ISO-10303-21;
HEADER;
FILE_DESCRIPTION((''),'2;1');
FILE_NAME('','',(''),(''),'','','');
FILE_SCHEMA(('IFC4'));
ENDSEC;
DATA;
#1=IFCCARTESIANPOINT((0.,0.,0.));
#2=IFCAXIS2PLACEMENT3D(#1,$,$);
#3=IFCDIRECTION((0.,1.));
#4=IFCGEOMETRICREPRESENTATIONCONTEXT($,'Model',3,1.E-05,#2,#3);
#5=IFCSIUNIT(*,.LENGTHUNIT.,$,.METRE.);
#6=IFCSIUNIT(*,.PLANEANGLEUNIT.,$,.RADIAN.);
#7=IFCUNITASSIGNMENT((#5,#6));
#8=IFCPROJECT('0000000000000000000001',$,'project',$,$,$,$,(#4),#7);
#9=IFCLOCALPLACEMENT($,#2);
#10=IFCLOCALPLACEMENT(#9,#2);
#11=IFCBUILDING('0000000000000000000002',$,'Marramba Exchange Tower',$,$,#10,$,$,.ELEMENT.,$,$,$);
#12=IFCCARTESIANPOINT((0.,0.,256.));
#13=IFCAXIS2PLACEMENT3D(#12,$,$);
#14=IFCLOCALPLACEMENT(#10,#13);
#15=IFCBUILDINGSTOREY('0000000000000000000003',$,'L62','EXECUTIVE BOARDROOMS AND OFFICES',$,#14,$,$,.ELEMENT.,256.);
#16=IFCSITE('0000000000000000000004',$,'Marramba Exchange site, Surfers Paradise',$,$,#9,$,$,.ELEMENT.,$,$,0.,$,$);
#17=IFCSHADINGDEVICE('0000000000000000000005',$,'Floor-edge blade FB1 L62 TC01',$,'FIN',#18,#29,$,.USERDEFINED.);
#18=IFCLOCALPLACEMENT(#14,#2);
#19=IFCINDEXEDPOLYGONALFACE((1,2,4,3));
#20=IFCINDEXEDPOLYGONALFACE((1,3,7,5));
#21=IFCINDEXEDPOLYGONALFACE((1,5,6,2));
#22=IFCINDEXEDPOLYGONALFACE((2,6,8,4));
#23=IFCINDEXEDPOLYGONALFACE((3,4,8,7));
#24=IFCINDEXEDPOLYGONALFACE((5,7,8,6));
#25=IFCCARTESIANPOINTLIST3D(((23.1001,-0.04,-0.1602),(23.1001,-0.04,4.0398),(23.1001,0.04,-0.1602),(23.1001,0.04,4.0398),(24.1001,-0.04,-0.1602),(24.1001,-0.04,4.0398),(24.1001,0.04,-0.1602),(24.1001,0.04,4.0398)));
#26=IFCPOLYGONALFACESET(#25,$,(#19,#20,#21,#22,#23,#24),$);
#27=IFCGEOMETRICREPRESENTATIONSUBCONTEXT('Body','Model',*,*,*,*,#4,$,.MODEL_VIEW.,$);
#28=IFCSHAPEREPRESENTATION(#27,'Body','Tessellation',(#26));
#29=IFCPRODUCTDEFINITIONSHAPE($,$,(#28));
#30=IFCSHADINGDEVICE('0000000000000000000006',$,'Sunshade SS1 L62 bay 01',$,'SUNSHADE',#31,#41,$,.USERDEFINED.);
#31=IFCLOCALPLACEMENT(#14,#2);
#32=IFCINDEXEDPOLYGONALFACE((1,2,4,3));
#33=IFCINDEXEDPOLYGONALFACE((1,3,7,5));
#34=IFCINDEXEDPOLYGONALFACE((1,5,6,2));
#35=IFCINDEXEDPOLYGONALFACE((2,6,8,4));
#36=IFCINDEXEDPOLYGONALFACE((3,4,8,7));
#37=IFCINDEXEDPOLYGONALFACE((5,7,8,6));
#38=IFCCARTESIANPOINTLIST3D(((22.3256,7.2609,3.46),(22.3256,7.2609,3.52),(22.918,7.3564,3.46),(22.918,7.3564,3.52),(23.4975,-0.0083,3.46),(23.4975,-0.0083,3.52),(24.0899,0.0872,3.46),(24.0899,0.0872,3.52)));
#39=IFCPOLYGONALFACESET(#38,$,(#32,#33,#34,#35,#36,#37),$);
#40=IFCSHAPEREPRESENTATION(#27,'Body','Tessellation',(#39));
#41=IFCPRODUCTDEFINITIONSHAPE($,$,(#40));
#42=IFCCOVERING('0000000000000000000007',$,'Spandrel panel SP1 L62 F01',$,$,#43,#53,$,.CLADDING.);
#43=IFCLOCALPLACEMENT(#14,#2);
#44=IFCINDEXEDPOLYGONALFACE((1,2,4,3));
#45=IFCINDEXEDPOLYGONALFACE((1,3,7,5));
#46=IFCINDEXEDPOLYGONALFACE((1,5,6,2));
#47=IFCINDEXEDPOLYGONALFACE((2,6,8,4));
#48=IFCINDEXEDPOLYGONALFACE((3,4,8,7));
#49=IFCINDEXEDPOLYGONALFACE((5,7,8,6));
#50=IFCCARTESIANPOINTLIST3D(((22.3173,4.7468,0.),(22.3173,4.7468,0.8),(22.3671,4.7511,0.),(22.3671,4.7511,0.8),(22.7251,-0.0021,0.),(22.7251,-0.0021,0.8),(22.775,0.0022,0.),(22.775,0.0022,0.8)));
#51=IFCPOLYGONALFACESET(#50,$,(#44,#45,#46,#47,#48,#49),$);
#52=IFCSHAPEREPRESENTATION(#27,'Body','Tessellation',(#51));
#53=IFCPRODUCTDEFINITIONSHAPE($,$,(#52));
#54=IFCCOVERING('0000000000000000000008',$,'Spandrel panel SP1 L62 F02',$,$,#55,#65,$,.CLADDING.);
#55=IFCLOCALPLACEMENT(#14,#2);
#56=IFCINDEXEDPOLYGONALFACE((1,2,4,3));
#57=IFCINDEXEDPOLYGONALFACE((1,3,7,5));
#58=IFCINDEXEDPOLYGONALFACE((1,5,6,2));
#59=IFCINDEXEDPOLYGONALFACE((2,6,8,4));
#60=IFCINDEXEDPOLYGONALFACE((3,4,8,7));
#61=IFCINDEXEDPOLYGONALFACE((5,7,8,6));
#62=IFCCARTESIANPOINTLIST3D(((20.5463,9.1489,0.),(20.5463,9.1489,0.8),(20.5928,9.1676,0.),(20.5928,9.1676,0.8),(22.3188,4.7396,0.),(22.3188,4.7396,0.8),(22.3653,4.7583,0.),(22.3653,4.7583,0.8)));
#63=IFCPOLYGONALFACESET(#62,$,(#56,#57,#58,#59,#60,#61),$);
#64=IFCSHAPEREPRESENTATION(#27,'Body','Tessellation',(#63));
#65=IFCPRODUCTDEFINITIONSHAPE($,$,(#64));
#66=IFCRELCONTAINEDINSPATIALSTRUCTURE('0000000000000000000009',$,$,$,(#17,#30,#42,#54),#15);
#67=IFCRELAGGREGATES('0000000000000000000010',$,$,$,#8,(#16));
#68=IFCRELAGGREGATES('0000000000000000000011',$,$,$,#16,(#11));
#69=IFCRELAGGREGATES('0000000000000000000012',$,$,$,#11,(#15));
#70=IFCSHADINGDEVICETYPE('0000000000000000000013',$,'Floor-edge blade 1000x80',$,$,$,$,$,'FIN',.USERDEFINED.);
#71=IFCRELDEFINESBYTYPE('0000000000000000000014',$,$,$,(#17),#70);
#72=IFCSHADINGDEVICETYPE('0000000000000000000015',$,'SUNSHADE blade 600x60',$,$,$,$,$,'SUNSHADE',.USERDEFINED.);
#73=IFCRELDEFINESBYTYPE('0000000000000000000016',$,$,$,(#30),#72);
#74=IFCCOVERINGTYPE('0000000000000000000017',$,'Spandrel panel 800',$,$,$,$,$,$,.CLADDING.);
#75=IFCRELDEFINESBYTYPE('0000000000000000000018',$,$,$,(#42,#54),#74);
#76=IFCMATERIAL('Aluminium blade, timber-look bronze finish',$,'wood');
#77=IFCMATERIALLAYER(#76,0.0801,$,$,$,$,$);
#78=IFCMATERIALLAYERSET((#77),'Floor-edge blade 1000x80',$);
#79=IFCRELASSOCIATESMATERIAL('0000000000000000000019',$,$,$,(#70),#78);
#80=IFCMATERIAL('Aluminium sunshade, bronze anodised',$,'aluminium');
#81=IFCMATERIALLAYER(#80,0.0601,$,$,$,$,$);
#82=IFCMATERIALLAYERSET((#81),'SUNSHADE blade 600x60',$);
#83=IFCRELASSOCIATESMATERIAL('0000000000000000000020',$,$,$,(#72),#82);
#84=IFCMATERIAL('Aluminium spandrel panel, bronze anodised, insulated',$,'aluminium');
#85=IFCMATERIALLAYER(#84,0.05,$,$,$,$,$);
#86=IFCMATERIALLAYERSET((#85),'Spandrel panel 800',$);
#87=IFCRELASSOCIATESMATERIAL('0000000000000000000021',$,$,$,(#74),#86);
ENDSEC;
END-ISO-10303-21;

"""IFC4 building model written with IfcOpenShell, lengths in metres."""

from ifc_helpers import new_model, si_unit, direction, frame, origin, origin_2d, place, context, subcontext, project, spatial, rectangle, extrude, material, layer, layer_set, type_object, element, save


model = new_model("IFC4")

# Units and contexts
model_context = context("Model", 3, precision=1e-05, world=origin(), true_north=direction((0.0, 1.0)))
body_context = subcontext(model_context, "Body", "Model", "MODEL_VIEW")
ifc_project = project(units=[si_unit("LENGTHUNIT", "METRE"), si_unit("PLANEANGLEUNIT", "RADIAN")], contexts=[model_context])

# Site, building, storey
site_placement = place(None, origin())
site = spatial("IfcSite", under=ifc_project, at=site_placement, Name="Marramba Exchange site, Surfers Paradise", CompositionType="ELEMENT", RefElevation=0.0)
building_placement = place(site_placement, origin())
building = spatial("IfcBuilding", under=site, at=building_placement, Name="Marramba Exchange Tower", CompositionType="ELEMENT")
storey_placement = place(building_placement, frame((0.0, 0.0, 256.0)))
storey = spatial("IfcBuildingStorey", under=building, at=storey_placement, Name="L62", Description="EXECUTIVE BOARDROOMS AND OFFICES", CompositionType="ELEMENT", Elevation=256.0)

# Shading devices
ifc_material_1 = material(Name="Aluminium blade, timber-look bronze finish", Category="wood")
ifc_layer_1 = layer(ifc_material_1, 0.0801)
ifc_layer_set_1 = layer_set([ifc_layer_1], Name="Floor-edge blade 1000x80")
shading_device_type_1 = type_object("IfcShadingDeviceType", Name="Floor-edge blade 1000x80", ElementType="FIN", PredefinedType="USERDEFINED", material=ifc_layer_set_1)
shading_device_1_placement = place(storey_placement, frame((23.6001, 0.0, -0.1602), z_axis=(0.0, 0.0, 1.0), x_axis=(1.0, 0.0, 0.0)))
element("IfcShadingDevice", 1, at=shading_device_1_placement, inside=storey, type_object=shading_device_type_1, Name="Floor-edge blade FB1 L62 TC01", ObjectType="FIN", PredefinedType="USERDEFINED", context=body_context, shape_type="SweptSolid", body=[
    extrude(rectangle(XDim=1.0, YDim=0.0801, at=origin_2d()), origin(), (0.0, 0.0, 1.0), 4.2),
])
ifc_material_2 = material(Name="Aluminium sunshade, bronze anodised", Category="aluminium")
ifc_layer_2 = layer(ifc_material_2, 0.0601)
ifc_layer_set_2 = layer_set([ifc_layer_2], Name="SUNSHADE blade 600x60")
shading_device_type_2 = type_object("IfcShadingDeviceType", Name="SUNSHADE blade 600x60", ElementType="SUNSHADE", PredefinedType="USERDEFINED", material=ifc_layer_set_2)
shading_device_2_placement = place(storey_placement, frame((23.2078, 3.6741, 3.46), z_axis=(0.0, 0.0, 1.0), x_axis=(-0.159158, 0.987253, 0.0)))
element("IfcShadingDevice", 2, at=shading_device_2_placement, inside=storey, type_object=shading_device_type_2, Name="Sunshade SS1 L62 bay 01", ObjectType="SUNSHADE", PredefinedType="USERDEFINED", context=body_context, shape_type="SweptSolid", body=[
    extrude(rectangle(XDim=7.363, YDim=0.6001, at=origin_2d()), origin(), (0.0, 0.0, 1.0), 0.0601),
])

# Coverings
ifc_material_3 = material(Name="Aluminium spandrel panel, bronze anodised, insulated", Category="aluminium")
ifc_layer_3 = layer(ifc_material_3, 0.05)
ifc_layer_set_3 = layer_set([ifc_layer_3], Name="Spandrel panel 800")
covering_type = type_object("IfcCoveringType", Name="Spandrel panel 800", PredefinedType="CLADDING", material=ifc_layer_set_3)
covering_1_placement = place(storey_placement, frame((22.5461, 2.3745, 0.0), z_axis=(0.0, 0.0, 1.0), x_axis=(-0.085574, 0.996332, 0.0)))
element("IfcCovering", 3, at=covering_1_placement, inside=storey, type_object=covering_type, Name="Spandrel panel SP1 L62 F01", PredefinedType="CLADDING", context=body_context, shape_type="SweptSolid", body=[
    extrude(rectangle(XDim=4.7664, YDim=0.05, at=origin_2d()), origin(), (0.0, 0.0, 1.0), 0.8),
])
covering_2_placement = place(storey_placement, frame((21.4558, 6.9536, 0.0), z_axis=(0.0, 0.0, 1.0), x_axis=(-0.372983, 0.927838, 0.0)))
element("IfcCovering", 4, at=covering_2_placement, inside=storey, type_object=covering_type, Name="Spandrel panel SP1 L62 F02", PredefinedType="CLADDING", context=body_context, shape_type="SweptSolid", body=[
    extrude(rectangle(XDim=4.7522, YDim=0.05, at=origin_2d()), origin(), (0.0, 0.0, 1.0), 0.8),
])

save(model, "model.ifc")
